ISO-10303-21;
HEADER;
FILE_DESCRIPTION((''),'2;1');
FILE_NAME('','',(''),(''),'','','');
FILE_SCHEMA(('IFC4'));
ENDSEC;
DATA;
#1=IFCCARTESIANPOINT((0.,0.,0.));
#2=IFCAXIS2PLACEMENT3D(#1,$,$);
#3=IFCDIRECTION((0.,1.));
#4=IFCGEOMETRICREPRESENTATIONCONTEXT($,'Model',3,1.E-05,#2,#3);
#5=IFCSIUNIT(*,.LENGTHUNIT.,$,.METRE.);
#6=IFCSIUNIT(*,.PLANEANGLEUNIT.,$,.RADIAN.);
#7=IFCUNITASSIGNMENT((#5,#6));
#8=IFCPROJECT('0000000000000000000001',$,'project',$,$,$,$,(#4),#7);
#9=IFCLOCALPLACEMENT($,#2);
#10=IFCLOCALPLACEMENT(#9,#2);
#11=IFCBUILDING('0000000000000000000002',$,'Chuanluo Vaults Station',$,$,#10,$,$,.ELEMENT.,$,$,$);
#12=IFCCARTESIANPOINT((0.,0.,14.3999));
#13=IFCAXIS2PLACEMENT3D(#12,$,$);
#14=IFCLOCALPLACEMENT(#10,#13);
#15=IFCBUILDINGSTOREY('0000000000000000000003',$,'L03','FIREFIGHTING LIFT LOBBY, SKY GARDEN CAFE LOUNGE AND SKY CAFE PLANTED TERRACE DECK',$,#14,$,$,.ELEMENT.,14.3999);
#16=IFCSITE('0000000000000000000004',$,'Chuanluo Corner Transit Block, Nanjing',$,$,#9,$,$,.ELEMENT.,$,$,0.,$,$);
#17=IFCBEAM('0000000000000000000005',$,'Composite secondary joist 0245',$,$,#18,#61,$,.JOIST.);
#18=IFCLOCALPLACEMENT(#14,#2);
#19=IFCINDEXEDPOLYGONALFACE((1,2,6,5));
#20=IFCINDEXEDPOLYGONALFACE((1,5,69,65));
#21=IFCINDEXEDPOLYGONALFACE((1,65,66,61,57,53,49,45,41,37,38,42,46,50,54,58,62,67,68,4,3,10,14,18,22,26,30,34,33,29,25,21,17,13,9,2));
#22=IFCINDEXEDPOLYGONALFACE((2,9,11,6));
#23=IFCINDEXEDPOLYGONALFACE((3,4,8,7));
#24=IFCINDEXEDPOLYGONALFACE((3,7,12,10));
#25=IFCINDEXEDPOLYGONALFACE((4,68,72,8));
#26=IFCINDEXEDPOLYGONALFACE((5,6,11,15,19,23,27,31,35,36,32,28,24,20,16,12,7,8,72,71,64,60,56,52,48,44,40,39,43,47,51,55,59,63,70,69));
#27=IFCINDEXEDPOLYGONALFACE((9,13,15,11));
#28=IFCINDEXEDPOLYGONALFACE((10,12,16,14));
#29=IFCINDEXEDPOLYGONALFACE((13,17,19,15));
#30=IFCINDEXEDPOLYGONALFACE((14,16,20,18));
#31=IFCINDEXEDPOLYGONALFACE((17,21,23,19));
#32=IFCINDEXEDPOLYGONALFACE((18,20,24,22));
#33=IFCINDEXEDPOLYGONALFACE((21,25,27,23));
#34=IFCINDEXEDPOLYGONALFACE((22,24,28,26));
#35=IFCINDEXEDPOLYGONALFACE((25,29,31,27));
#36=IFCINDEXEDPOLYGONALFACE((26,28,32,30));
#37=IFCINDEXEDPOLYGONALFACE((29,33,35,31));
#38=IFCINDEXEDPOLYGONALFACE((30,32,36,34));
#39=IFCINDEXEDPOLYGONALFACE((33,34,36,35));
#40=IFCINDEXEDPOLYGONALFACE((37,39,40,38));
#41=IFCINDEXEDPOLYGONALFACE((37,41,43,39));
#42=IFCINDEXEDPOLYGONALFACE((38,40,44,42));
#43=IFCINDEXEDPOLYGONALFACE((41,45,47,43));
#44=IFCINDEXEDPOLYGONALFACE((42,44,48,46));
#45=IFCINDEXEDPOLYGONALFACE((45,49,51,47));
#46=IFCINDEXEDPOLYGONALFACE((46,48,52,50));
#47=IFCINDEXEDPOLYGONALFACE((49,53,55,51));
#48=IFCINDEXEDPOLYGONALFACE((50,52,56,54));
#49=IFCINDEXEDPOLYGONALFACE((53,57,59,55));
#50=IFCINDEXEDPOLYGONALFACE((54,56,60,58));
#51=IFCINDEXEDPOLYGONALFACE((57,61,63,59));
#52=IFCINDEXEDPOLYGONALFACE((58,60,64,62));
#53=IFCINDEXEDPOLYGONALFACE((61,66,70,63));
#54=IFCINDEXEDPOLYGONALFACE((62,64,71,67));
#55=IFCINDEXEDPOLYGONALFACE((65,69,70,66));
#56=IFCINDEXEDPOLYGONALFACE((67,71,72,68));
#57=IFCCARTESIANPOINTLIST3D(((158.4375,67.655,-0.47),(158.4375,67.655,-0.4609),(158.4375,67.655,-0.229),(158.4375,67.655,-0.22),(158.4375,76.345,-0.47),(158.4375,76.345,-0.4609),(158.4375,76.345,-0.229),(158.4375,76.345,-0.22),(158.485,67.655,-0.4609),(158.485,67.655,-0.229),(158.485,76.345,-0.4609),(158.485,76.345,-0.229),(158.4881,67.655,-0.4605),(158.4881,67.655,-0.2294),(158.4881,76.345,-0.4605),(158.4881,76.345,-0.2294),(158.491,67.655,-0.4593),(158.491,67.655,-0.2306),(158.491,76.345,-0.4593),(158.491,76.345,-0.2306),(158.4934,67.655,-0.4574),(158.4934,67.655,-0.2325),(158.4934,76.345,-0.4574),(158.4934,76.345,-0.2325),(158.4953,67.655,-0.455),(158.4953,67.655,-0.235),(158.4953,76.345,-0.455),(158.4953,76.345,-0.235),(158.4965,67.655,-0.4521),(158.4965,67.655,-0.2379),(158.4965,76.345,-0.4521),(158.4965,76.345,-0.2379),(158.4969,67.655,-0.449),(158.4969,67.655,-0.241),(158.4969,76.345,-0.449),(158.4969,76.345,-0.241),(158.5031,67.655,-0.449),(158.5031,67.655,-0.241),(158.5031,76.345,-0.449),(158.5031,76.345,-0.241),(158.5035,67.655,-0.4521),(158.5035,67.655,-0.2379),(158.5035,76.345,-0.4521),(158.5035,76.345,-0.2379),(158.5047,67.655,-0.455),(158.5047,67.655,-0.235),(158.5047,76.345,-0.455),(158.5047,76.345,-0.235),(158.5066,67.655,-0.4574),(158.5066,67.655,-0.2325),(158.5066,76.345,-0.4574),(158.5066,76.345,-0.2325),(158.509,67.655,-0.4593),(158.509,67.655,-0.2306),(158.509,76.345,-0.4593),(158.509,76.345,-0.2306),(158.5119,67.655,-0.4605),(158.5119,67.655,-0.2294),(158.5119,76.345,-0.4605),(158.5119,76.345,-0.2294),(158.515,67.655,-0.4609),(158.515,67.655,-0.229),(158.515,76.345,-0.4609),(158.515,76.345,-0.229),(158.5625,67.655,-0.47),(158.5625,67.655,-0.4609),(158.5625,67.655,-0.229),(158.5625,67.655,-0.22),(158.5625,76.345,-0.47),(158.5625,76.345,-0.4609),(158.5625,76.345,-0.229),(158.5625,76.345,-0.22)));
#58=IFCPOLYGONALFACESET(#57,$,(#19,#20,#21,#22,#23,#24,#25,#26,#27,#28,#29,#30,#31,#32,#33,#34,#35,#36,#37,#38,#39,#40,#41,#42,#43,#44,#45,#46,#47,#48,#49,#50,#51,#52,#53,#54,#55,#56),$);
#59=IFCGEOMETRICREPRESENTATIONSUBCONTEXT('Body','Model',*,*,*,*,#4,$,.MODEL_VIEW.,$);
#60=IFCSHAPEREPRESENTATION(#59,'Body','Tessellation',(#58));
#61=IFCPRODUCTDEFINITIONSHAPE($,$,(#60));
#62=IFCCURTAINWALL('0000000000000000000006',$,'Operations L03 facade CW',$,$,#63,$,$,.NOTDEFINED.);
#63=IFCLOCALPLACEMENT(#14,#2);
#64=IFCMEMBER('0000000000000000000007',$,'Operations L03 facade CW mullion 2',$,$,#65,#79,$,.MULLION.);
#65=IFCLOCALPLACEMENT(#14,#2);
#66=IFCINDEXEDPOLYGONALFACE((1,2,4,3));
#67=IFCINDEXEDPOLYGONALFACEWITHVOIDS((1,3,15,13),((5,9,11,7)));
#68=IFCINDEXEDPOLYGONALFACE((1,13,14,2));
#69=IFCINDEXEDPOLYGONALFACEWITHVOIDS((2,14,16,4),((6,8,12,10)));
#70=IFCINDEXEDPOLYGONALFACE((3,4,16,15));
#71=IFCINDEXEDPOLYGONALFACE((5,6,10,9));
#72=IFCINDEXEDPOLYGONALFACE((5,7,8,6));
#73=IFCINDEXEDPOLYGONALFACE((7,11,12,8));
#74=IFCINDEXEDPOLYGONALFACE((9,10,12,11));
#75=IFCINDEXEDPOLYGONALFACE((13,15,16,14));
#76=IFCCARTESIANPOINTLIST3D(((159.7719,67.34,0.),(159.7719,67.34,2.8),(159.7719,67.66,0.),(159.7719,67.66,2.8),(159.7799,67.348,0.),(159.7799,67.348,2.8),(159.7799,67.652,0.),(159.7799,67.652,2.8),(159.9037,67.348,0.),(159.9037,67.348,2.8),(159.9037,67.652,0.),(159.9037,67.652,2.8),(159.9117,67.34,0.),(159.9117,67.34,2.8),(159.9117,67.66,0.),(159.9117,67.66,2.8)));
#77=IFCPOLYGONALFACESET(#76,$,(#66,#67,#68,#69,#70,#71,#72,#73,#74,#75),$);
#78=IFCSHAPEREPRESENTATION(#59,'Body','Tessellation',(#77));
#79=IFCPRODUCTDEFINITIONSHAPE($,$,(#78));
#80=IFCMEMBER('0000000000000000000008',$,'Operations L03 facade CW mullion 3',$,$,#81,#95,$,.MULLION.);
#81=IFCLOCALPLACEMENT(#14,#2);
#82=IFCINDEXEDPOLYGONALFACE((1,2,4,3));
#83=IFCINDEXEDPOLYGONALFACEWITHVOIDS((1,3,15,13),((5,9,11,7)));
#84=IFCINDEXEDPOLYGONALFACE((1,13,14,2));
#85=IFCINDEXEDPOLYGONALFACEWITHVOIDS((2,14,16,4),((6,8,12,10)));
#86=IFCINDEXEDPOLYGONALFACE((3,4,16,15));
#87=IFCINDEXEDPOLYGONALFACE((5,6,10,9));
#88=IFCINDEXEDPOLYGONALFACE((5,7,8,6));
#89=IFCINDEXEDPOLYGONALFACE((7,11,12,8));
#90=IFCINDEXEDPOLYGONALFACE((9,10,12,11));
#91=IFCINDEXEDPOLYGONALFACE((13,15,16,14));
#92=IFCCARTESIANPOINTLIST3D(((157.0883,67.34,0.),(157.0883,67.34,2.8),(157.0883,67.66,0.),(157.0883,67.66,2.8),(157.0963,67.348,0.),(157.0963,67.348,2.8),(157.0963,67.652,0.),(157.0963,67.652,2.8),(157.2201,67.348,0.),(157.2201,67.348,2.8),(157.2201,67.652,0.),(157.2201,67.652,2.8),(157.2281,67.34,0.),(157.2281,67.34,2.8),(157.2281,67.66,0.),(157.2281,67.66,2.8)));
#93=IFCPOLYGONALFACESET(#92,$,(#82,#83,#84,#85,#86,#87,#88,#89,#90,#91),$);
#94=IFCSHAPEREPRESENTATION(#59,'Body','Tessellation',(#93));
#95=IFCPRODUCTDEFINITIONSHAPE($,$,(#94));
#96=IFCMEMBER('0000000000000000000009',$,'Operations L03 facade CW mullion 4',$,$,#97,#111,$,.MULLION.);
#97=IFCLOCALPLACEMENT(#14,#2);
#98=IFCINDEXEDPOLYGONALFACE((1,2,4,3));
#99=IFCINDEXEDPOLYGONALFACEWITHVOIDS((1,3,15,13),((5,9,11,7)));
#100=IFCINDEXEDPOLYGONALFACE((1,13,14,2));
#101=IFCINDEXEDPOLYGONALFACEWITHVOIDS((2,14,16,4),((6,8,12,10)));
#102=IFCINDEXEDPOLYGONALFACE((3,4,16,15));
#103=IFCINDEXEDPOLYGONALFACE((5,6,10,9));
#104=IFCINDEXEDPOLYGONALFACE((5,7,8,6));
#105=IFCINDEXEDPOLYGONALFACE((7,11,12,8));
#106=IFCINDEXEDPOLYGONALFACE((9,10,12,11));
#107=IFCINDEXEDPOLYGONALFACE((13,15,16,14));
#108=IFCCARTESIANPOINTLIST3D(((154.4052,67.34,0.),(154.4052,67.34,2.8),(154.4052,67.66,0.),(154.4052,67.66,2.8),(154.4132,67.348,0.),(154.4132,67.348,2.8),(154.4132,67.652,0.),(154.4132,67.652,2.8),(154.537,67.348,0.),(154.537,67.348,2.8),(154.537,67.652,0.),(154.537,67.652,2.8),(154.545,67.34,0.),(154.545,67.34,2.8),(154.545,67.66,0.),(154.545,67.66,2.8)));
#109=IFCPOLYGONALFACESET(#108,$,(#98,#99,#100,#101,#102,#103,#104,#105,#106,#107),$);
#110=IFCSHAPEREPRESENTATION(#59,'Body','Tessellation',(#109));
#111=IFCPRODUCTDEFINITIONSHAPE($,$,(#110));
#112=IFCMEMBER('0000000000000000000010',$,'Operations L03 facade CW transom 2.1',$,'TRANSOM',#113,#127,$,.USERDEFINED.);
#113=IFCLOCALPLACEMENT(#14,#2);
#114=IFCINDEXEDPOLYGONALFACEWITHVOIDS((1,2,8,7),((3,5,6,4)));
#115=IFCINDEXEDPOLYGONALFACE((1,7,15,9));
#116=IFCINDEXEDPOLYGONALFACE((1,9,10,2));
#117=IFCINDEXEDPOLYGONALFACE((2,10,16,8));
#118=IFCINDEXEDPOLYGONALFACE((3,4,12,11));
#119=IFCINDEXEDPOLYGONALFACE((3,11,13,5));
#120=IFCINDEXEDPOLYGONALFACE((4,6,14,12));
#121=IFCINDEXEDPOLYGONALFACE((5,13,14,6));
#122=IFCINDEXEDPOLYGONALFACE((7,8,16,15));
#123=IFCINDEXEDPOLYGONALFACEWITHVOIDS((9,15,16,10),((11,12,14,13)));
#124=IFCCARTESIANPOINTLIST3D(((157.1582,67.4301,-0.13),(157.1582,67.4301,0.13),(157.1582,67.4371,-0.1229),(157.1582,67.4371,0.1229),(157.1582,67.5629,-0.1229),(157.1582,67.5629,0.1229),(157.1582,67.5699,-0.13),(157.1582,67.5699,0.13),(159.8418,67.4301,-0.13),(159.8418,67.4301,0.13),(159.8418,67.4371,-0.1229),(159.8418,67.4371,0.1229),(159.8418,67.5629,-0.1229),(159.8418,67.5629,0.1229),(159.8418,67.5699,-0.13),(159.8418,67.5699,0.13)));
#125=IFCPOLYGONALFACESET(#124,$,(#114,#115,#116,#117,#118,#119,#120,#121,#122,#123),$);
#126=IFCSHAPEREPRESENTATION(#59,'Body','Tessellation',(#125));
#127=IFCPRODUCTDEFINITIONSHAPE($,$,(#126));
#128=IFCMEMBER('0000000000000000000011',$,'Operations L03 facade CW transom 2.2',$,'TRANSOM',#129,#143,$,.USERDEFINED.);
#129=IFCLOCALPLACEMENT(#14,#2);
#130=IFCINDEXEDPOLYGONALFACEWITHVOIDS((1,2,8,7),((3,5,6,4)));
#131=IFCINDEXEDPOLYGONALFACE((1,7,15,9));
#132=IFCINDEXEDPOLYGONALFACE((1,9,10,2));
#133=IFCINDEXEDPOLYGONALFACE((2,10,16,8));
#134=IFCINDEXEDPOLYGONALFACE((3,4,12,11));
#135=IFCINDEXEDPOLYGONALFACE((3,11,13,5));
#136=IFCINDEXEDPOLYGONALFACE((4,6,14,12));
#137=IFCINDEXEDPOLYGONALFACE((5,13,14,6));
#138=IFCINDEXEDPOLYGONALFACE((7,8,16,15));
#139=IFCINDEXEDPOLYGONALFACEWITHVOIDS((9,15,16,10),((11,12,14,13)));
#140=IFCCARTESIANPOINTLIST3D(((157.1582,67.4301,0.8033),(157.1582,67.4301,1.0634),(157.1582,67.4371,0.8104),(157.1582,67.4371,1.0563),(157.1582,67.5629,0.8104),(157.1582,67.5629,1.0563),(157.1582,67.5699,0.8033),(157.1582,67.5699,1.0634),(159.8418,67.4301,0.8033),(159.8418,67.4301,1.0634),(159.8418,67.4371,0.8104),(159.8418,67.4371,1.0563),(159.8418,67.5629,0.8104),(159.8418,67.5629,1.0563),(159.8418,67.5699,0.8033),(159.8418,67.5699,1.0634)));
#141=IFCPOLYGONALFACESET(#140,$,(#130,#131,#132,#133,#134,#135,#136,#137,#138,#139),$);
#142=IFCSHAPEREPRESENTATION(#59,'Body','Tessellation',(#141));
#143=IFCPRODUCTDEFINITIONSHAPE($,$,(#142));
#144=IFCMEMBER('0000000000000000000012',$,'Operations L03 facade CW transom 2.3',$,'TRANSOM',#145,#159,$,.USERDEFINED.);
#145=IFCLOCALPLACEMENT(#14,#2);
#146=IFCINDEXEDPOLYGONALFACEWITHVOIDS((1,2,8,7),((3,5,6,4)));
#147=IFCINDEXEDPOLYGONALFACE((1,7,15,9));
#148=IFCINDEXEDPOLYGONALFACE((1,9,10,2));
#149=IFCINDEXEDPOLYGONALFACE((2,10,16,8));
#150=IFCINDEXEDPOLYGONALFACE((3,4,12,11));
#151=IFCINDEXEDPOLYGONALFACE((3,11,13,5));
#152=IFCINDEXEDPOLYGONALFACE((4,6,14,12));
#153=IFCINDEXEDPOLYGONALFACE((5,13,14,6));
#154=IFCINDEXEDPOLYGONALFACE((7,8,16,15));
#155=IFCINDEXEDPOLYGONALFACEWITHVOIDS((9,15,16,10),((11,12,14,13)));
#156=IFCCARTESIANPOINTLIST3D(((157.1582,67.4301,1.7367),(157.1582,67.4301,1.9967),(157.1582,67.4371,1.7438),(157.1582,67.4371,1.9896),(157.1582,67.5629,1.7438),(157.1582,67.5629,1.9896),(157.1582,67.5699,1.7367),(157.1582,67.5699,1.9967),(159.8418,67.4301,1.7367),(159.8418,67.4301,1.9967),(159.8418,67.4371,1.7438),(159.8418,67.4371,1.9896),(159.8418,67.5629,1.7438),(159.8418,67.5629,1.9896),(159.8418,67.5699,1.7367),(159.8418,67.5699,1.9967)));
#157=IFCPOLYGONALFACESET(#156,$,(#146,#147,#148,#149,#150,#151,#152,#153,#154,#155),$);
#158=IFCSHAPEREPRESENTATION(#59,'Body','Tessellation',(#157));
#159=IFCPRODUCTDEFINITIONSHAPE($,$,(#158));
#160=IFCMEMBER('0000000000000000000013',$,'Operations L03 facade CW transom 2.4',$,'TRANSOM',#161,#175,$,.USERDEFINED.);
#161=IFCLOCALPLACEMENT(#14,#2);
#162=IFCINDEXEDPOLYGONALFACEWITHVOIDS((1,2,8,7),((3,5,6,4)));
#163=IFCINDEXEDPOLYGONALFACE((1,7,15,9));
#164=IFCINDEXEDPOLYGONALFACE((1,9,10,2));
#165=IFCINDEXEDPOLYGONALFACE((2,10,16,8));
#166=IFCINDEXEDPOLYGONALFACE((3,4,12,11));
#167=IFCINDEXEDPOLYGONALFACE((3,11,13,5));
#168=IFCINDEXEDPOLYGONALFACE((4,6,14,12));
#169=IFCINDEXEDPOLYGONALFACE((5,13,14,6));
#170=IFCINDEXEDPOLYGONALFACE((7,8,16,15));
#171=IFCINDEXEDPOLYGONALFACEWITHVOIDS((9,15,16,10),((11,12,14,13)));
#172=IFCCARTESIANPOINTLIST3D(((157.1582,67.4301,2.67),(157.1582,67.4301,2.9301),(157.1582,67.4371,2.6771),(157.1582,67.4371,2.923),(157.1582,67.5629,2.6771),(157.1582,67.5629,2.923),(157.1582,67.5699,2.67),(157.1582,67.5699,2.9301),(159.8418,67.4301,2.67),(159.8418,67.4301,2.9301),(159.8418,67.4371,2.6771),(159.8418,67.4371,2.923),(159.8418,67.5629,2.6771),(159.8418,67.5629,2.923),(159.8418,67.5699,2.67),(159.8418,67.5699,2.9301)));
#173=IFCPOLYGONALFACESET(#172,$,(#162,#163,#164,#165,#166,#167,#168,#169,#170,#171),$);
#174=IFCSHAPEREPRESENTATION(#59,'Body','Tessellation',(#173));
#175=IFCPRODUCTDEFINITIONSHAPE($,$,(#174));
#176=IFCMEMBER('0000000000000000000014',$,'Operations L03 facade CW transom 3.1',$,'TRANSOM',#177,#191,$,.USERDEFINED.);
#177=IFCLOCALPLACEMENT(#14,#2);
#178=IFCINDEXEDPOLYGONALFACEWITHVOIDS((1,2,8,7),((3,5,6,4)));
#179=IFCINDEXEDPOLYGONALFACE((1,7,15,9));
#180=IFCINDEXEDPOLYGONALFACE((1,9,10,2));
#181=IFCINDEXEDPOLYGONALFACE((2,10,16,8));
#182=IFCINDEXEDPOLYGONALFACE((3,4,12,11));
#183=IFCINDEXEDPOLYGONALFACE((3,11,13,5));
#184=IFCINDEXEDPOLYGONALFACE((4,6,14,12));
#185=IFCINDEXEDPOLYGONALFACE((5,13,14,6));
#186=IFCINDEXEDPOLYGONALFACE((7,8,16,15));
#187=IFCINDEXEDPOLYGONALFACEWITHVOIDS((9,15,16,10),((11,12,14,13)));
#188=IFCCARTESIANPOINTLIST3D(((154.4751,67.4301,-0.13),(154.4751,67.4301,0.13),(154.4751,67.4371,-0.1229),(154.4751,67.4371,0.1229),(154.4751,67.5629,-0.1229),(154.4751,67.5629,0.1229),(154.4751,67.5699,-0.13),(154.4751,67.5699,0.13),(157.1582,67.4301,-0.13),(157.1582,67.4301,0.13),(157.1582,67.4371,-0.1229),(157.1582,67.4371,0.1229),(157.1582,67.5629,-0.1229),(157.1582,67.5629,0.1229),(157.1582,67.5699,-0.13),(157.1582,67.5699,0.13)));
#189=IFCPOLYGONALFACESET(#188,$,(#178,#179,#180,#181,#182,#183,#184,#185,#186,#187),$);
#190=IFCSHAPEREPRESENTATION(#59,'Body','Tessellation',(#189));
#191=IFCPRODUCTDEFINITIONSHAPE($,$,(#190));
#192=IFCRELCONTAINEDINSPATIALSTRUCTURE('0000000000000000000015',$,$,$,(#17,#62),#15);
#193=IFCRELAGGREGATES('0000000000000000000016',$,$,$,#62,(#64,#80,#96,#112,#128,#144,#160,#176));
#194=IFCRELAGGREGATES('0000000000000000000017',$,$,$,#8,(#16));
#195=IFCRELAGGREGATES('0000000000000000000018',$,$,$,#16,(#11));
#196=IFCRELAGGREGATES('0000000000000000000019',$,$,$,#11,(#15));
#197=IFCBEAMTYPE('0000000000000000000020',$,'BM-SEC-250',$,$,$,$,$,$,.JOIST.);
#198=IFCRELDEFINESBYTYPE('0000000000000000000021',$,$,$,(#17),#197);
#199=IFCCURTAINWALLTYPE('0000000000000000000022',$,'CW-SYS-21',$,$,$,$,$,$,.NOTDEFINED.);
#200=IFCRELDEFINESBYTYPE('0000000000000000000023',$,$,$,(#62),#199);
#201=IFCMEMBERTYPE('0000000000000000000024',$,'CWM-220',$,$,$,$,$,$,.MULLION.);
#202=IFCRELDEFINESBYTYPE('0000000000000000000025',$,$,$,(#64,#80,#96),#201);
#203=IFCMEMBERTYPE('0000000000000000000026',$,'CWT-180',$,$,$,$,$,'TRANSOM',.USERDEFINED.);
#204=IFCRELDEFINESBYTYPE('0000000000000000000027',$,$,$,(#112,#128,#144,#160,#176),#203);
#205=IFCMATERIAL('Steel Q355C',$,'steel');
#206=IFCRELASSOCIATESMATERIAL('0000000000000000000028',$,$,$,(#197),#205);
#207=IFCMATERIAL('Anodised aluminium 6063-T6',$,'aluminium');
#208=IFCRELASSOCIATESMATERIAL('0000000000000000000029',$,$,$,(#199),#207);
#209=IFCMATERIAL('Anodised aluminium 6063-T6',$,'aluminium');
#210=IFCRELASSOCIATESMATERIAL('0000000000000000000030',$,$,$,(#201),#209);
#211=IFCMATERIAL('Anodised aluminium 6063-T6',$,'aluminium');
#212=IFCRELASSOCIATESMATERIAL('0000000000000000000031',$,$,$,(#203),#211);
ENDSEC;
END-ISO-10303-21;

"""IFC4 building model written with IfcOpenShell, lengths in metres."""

from ifc_helpers import new_model, si_unit, direction, frame, origin, origin_2d, place, context, subcontext, project, spatial, hollow_rectangle, i_section, extrude, material, material_profile, profile_set, type_object, element, aggregate, save


model = new_model("IFC4")

# Units and contexts
model_context = context("Model", 3, precision=1e-05, world=origin(), true_north=direction((0.0, 1.0)))
body_context = subcontext(model_context, "Body", "Model", "MODEL_VIEW")
ifc_project = project(units=[si_unit("LENGTHUNIT", "METRE"), si_unit("PLANEANGLEUNIT", "RADIAN")], contexts=[model_context])

# Site, building, storey
site_placement = place(None, origin())
site = spatial("IfcSite", under=ifc_project, at=site_placement, Name="Chuanluo Corner Transit Block, Nanjing", CompositionType="ELEMENT", RefElevation=0.0)
building_placement = place(site_placement, origin())
building = spatial("IfcBuilding", under=site, at=building_placement, Name="Chuanluo Vaults Station", CompositionType="ELEMENT")
storey_placement = place(building_placement, frame((0.0, 0.0, 14.3999)))
storey = spatial("IfcBuildingStorey", under=building, at=storey_placement, Name="L03", Description="FIREFIGHTING LIFT LOBBY, SKY GARDEN CAFE LOUNGE AND SKY CAFE PLANTED TERRACE DECK", CompositionType="ELEMENT", Elevation=14.3999)

# Beam
ifc_material_1 = material(Name="Steel Q355C", Category="steel")
ifc_material_profile_1 = material_profile(ifc_material_1, i_section(OverallWidth=0.125, OverallDepth=0.25, WebThickness=0.0061, FlangeThickness=0.009, FilletRadius=0.012, at=origin_2d()))
ifc_profile_set_1 = profile_set([ifc_material_profile_1], Name="Steel Q355C")
beam_type_1 = type_object("IfcBeamType", Name="BM-SEC-250", PredefinedType="JOIST", material=ifc_profile_set_1)
beam_1_placement = place(storey_placement, frame((158.5, 67.655, -0.345), z_axis=(0.0, 1.0, 0.0), x_axis=(-1.0, 0.0, 0.0)))
element("IfcBeam", 1, at=beam_1_placement, inside=storey, type_object=beam_type_1, Name="Composite secondary joist 0245", PredefinedType="JOIST", context=body_context, shape_type="SweptSolid", body=[
    extrude(i_section(OverallWidth=0.125, OverallDepth=0.25, WebThickness=0.0061, FlangeThickness=0.009, FilletRadius=0.012, at=origin_2d()), origin(), (0.0, 0.0, 1.0), 8.6899),
])

# Curtain wall, members
ifc_material_2 = material(Name="Anodised aluminium 6063-T6", Category="aluminium")
curtain_wall_type = type_object("IfcCurtainWallType", Name="CW-SYS-21", PredefinedType="NOTDEFINED", material=ifc_material_2)
curtain_wall_placement = place(storey_placement, origin())
curtain_wall = element("IfcCurtainWall", 2, at=curtain_wall_placement, inside=storey, type_object=curtain_wall_type, Name="Operations L03 facade CW", PredefinedType="NOTDEFINED")
ifc_material_3 = material(Name="Anodised aluminium 6063-T6", Category="aluminium")
ifc_material_profile_2 = material_profile(ifc_material_3, hollow_rectangle(XDim=0.1399, YDim=0.3201, WallThickness=0.0081, at=origin_2d()))
ifc_profile_set_2 = profile_set([ifc_material_profile_2], Name="Anodised aluminium 6063-T6")
member_type_1 = type_object("IfcMemberType", Name="CWM-220", PredefinedType="MULLION", material=ifc_profile_set_2)
member_1_placement = place(storey_placement, frame((159.8418, 67.5, 0.0), z_axis=(0.0, 0.0, 1.0), x_axis=(-1.0, 0.0, 0.0)))
member_1 = element("IfcMember", 3, at=member_1_placement, type_object=member_type_1, Name="Operations L03 facade CW mullion 2", PredefinedType="MULLION", context=body_context, shape_type="SweptSolid", body=[
    extrude(hollow_rectangle(XDim=0.1399, YDim=0.3201, WallThickness=0.0081, at=origin_2d()), origin(), (0.0, 0.0, 1.0), 2.8),
])
member_2_placement = place(storey_placement, frame((157.1582, 67.5, 0.0), z_axis=(0.0, 0.0, 1.0), x_axis=(-1.0, 0.0, 0.0)))
member_2 = element("IfcMember", 4, at=member_2_placement, type_object=member_type_1, Name="Operations L03 facade CW mullion 3", PredefinedType="MULLION", context=body_context, shape_type="SweptSolid", body=[
    extrude(hollow_rectangle(XDim=0.1399, YDim=0.3201, WallThickness=0.0081, at=origin_2d()), origin(), (0.0, 0.0, 1.0), 2.8),
])
member_3_placement = place(storey_placement, frame((154.4751, 67.5, 0.0), z_axis=(0.0, 0.0, 1.0), x_axis=(-1.0, 0.0, 0.0)))
member_3 = element("IfcMember", 5, at=member_3_placement, type_object=member_type_1, Name="Operations L03 facade CW mullion 4", PredefinedType="MULLION", context=body_context, shape_type="SweptSolid", body=[
    extrude(hollow_rectangle(XDim=0.1399, YDim=0.3201, WallThickness=0.0081, at=origin_2d()), origin(), (0.0, 0.0, 1.0), 2.8),
])
ifc_material_4 = material(Name="Anodised aluminium 6063-T6", Category="aluminium")
ifc_material_profile_3 = material_profile(ifc_material_4, hollow_rectangle(XDim=0.1399, YDim=0.26, WallThickness=0.0071, at=origin_2d()))
ifc_profile_set_3 = profile_set([ifc_material_profile_3], Name="Anodised aluminium 6063-T6")
member_type_2 = type_object("IfcMemberType", Name="CWT-180", ElementType="TRANSOM", PredefinedType="USERDEFINED", material=ifc_profile_set_3)
member_4_placement = place(storey_placement, frame((159.8418, 67.5, 0.0), z_axis=(-1.0, 0.0, 0.0), x_axis=(0.0, -1.0, 0.0)))
member_4 = element("IfcMember", 6, at=member_4_placement, type_object=member_type_2, Name="Operations L03 facade CW transom 2.1", ObjectType="TRANSOM", PredefinedType="USERDEFINED", context=body_context, shape_type="SweptSolid", body=[
    extrude(hollow_rectangle(XDim=0.1399, YDim=0.26, WallThickness=0.0071, at=origin_2d()), origin(), (0.0, 0.0, 1.0), 2.6836),
])
member_5_placement = place(storey_placement, frame((159.8418, 67.5, 0.9333), z_axis=(-1.0, 0.0, 0.0), x_axis=(0.0, -1.0, 0.0)))
member_5 = element("IfcMember", 7, at=member_5_placement, type_object=member_type_2, Name="Operations L03 facade CW transom 2.2", ObjectType="TRANSOM", PredefinedType="USERDEFINED", context=body_context, shape_type="SweptSolid", body=[
    extrude(hollow_rectangle(XDim=0.1399, YDim=0.26, WallThickness=0.0071, at=origin_2d()), origin(), (0.0, 0.0, 1.0), 2.6836),
])
member_6_placement = place(storey_placement, frame((159.8418, 67.5, 1.8667), z_axis=(-1.0, 0.0, 0.0), x_axis=(0.0, -1.0, 0.0)))
member_6 = element("IfcMember", 8, at=member_6_placement, type_object=member_type_2, Name="Operations L03 facade CW transom 2.3", ObjectType="TRANSOM", PredefinedType="USERDEFINED", context=body_context, shape_type="SweptSolid", body=[
    extrude(hollow_rectangle(XDim=0.1399, YDim=0.26, WallThickness=0.0071, at=origin_2d()), origin(), (0.0, 0.0, 1.0), 2.6836),
])
member_7_placement = place(storey_placement, frame((159.8418, 67.5, 2.8), z_axis=(-1.0, 0.0, 0.0), x_axis=(0.0, -1.0, 0.0)))
member_7 = element("IfcMember", 9, at=member_7_placement, type_object=member_type_2, Name="Operations L03 facade CW transom 2.4", ObjectType="TRANSOM", PredefinedType="USERDEFINED", context=body_context, shape_type="SweptSolid", body=[
    extrude(hollow_rectangle(XDim=0.1399, YDim=0.26, WallThickness=0.0071, at=origin_2d()), origin(), (0.0, 0.0, 1.0), 2.6836),
])
member_8_placement = place(storey_placement, frame((157.1582, 67.5, 0.0), z_axis=(-1.0, 0.0, 0.0), x_axis=(0.0, -1.0, 0.0)))
member_8 = element("IfcMember", 10, at=member_8_placement, type_object=member_type_2, Name="Operations L03 facade CW transom 3.1", ObjectType="TRANSOM", PredefinedType="USERDEFINED", context=body_context, shape_type="SweptSolid", body=[
    extrude(hollow_rectangle(XDim=0.1399, YDim=0.26, WallThickness=0.0071, at=origin_2d()), origin(), (0.0, 0.0, 1.0), 2.6831),
])
aggregate(curtain_wall, [member_1, member_2, member_3, member_4, member_5, member_6, member_7, member_8])

save(model, "model.ifc")
